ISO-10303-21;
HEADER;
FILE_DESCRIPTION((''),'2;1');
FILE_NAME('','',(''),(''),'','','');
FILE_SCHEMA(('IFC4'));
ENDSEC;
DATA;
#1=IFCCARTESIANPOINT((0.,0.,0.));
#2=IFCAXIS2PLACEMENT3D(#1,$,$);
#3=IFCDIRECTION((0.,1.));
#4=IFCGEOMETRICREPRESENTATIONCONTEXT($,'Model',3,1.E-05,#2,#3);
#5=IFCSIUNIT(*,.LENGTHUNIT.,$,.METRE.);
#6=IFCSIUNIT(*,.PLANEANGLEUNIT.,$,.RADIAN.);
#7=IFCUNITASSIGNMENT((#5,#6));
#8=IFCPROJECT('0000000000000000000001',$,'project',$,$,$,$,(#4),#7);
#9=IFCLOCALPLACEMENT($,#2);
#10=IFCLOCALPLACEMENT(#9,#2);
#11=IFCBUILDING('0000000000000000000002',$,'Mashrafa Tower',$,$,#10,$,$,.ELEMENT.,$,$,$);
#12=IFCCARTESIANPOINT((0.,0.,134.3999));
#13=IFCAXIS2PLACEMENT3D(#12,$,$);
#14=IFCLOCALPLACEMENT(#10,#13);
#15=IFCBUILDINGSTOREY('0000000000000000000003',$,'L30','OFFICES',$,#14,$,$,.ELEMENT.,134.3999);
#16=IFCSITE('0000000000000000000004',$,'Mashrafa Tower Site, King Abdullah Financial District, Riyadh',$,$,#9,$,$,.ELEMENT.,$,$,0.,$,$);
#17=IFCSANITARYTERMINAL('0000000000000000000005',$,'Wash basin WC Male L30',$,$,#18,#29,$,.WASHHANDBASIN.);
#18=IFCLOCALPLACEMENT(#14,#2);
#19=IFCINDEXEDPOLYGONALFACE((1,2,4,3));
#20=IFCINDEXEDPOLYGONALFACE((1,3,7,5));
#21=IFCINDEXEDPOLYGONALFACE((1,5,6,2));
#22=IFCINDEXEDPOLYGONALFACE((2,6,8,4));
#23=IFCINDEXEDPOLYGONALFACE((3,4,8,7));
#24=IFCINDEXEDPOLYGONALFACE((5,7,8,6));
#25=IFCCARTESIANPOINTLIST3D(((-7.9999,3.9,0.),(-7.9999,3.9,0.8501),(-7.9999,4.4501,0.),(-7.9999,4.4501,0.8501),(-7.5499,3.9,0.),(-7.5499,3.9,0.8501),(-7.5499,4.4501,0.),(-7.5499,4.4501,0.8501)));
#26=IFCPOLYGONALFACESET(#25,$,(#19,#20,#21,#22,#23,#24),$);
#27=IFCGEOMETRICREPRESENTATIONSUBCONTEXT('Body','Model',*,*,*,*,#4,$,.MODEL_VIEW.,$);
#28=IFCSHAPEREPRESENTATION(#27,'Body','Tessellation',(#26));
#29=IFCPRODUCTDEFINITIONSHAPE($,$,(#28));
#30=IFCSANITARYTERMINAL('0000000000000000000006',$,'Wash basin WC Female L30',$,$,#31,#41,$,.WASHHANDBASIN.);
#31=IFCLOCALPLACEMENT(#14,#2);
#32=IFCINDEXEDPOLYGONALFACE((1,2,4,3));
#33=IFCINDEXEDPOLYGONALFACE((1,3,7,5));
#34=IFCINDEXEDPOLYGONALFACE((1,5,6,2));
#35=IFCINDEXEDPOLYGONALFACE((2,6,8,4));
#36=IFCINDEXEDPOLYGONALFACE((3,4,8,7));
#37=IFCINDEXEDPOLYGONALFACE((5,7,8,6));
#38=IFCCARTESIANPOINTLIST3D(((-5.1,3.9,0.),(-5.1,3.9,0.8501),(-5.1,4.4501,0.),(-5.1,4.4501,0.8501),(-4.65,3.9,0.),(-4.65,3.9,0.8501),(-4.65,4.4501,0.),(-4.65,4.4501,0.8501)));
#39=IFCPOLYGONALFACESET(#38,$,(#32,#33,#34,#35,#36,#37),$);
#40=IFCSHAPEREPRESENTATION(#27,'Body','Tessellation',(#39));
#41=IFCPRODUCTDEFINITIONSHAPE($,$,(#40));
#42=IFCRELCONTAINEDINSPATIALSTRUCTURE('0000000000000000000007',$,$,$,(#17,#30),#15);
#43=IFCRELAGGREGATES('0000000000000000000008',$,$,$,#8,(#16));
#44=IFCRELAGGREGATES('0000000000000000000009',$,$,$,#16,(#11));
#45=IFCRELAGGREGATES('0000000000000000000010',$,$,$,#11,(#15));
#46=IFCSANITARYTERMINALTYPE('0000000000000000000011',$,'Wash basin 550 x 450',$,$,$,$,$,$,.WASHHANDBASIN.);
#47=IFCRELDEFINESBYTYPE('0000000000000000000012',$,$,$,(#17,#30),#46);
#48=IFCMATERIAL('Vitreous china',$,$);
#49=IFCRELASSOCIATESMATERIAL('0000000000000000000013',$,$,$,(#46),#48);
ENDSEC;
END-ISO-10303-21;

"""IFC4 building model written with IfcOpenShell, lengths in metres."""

from ifc_helpers import new_model, si_unit, direction, frame, origin, origin_2d, place, context, subcontext, project, spatial, rectangle, extrude, material, type_object, element, save


model = new_model("IFC4")

# Units and contexts
model_context = context("Model", 3, precision=1e-05, world=origin(), true_north=direction((0.0, 1.0)))
body_context = subcontext(model_context, "Body", "Model", "MODEL_VIEW")
ifc_project = project(units=[si_unit("LENGTHUNIT", "METRE"), si_unit("PLANEANGLEUNIT", "RADIAN")], contexts=[model_context])

# Site, building, storey
site_placement = place(None, origin())
site = spatial("IfcSite", under=ifc_project, at=site_placement, Name="Mashrafa Tower Site, King Abdullah Financial District, Riyadh", CompositionType="ELEMENT", RefElevation=0.0)
building_placement = place(site_placement, origin())
building = spatial("IfcBuilding", under=site, at=building_placement, Name="Mashrafa Tower", CompositionType="ELEMENT")
storey_placement = place(building_placement, frame((0.0, 0.0, 134.3999)))
storey = spatial("IfcBuildingStorey", under=building, at=storey_placement, Name="L30", Description="OFFICES", CompositionType="ELEMENT", Elevation=134.3999)

# Sanitary terminals
ifc_material_1 = material(Name="Vitreous china")
sanitary_terminal_type_1 = type_object("IfcSanitaryTerminalType", Name="Wash basin 550 x 450", PredefinedType="WASHHANDBASIN", material=ifc_material_1)
for number, where, z_axis, x_axis, name in (
    (1, (-7.7749, 4.175, 0.0), (0.0, 0.0, 1.0), (0.0, 1.0, 0.0), "Wash basin WC Male L30"),
    (2, (-4.875, 4.175, 0.0), (0.0, 0.0, 1.0), (0.0, 1.0, 0.0), "Wash basin WC Female L30"),
):
    element("IfcSanitaryTerminal", number, at=place(storey_placement, frame(where, z_axis=z_axis, x_axis=x_axis)), inside=storey, type_object=sanitary_terminal_type_1, Name=name, PredefinedType="WASHHANDBASIN", context=body_context, shape_type="SweptSolid", body=[
        extrude(rectangle(XDim=0.55, YDim=0.45, at=origin_2d()), origin(), (0.0, 0.0, 1.0), 0.8501),
    ])

save(model, "model.ifc")
